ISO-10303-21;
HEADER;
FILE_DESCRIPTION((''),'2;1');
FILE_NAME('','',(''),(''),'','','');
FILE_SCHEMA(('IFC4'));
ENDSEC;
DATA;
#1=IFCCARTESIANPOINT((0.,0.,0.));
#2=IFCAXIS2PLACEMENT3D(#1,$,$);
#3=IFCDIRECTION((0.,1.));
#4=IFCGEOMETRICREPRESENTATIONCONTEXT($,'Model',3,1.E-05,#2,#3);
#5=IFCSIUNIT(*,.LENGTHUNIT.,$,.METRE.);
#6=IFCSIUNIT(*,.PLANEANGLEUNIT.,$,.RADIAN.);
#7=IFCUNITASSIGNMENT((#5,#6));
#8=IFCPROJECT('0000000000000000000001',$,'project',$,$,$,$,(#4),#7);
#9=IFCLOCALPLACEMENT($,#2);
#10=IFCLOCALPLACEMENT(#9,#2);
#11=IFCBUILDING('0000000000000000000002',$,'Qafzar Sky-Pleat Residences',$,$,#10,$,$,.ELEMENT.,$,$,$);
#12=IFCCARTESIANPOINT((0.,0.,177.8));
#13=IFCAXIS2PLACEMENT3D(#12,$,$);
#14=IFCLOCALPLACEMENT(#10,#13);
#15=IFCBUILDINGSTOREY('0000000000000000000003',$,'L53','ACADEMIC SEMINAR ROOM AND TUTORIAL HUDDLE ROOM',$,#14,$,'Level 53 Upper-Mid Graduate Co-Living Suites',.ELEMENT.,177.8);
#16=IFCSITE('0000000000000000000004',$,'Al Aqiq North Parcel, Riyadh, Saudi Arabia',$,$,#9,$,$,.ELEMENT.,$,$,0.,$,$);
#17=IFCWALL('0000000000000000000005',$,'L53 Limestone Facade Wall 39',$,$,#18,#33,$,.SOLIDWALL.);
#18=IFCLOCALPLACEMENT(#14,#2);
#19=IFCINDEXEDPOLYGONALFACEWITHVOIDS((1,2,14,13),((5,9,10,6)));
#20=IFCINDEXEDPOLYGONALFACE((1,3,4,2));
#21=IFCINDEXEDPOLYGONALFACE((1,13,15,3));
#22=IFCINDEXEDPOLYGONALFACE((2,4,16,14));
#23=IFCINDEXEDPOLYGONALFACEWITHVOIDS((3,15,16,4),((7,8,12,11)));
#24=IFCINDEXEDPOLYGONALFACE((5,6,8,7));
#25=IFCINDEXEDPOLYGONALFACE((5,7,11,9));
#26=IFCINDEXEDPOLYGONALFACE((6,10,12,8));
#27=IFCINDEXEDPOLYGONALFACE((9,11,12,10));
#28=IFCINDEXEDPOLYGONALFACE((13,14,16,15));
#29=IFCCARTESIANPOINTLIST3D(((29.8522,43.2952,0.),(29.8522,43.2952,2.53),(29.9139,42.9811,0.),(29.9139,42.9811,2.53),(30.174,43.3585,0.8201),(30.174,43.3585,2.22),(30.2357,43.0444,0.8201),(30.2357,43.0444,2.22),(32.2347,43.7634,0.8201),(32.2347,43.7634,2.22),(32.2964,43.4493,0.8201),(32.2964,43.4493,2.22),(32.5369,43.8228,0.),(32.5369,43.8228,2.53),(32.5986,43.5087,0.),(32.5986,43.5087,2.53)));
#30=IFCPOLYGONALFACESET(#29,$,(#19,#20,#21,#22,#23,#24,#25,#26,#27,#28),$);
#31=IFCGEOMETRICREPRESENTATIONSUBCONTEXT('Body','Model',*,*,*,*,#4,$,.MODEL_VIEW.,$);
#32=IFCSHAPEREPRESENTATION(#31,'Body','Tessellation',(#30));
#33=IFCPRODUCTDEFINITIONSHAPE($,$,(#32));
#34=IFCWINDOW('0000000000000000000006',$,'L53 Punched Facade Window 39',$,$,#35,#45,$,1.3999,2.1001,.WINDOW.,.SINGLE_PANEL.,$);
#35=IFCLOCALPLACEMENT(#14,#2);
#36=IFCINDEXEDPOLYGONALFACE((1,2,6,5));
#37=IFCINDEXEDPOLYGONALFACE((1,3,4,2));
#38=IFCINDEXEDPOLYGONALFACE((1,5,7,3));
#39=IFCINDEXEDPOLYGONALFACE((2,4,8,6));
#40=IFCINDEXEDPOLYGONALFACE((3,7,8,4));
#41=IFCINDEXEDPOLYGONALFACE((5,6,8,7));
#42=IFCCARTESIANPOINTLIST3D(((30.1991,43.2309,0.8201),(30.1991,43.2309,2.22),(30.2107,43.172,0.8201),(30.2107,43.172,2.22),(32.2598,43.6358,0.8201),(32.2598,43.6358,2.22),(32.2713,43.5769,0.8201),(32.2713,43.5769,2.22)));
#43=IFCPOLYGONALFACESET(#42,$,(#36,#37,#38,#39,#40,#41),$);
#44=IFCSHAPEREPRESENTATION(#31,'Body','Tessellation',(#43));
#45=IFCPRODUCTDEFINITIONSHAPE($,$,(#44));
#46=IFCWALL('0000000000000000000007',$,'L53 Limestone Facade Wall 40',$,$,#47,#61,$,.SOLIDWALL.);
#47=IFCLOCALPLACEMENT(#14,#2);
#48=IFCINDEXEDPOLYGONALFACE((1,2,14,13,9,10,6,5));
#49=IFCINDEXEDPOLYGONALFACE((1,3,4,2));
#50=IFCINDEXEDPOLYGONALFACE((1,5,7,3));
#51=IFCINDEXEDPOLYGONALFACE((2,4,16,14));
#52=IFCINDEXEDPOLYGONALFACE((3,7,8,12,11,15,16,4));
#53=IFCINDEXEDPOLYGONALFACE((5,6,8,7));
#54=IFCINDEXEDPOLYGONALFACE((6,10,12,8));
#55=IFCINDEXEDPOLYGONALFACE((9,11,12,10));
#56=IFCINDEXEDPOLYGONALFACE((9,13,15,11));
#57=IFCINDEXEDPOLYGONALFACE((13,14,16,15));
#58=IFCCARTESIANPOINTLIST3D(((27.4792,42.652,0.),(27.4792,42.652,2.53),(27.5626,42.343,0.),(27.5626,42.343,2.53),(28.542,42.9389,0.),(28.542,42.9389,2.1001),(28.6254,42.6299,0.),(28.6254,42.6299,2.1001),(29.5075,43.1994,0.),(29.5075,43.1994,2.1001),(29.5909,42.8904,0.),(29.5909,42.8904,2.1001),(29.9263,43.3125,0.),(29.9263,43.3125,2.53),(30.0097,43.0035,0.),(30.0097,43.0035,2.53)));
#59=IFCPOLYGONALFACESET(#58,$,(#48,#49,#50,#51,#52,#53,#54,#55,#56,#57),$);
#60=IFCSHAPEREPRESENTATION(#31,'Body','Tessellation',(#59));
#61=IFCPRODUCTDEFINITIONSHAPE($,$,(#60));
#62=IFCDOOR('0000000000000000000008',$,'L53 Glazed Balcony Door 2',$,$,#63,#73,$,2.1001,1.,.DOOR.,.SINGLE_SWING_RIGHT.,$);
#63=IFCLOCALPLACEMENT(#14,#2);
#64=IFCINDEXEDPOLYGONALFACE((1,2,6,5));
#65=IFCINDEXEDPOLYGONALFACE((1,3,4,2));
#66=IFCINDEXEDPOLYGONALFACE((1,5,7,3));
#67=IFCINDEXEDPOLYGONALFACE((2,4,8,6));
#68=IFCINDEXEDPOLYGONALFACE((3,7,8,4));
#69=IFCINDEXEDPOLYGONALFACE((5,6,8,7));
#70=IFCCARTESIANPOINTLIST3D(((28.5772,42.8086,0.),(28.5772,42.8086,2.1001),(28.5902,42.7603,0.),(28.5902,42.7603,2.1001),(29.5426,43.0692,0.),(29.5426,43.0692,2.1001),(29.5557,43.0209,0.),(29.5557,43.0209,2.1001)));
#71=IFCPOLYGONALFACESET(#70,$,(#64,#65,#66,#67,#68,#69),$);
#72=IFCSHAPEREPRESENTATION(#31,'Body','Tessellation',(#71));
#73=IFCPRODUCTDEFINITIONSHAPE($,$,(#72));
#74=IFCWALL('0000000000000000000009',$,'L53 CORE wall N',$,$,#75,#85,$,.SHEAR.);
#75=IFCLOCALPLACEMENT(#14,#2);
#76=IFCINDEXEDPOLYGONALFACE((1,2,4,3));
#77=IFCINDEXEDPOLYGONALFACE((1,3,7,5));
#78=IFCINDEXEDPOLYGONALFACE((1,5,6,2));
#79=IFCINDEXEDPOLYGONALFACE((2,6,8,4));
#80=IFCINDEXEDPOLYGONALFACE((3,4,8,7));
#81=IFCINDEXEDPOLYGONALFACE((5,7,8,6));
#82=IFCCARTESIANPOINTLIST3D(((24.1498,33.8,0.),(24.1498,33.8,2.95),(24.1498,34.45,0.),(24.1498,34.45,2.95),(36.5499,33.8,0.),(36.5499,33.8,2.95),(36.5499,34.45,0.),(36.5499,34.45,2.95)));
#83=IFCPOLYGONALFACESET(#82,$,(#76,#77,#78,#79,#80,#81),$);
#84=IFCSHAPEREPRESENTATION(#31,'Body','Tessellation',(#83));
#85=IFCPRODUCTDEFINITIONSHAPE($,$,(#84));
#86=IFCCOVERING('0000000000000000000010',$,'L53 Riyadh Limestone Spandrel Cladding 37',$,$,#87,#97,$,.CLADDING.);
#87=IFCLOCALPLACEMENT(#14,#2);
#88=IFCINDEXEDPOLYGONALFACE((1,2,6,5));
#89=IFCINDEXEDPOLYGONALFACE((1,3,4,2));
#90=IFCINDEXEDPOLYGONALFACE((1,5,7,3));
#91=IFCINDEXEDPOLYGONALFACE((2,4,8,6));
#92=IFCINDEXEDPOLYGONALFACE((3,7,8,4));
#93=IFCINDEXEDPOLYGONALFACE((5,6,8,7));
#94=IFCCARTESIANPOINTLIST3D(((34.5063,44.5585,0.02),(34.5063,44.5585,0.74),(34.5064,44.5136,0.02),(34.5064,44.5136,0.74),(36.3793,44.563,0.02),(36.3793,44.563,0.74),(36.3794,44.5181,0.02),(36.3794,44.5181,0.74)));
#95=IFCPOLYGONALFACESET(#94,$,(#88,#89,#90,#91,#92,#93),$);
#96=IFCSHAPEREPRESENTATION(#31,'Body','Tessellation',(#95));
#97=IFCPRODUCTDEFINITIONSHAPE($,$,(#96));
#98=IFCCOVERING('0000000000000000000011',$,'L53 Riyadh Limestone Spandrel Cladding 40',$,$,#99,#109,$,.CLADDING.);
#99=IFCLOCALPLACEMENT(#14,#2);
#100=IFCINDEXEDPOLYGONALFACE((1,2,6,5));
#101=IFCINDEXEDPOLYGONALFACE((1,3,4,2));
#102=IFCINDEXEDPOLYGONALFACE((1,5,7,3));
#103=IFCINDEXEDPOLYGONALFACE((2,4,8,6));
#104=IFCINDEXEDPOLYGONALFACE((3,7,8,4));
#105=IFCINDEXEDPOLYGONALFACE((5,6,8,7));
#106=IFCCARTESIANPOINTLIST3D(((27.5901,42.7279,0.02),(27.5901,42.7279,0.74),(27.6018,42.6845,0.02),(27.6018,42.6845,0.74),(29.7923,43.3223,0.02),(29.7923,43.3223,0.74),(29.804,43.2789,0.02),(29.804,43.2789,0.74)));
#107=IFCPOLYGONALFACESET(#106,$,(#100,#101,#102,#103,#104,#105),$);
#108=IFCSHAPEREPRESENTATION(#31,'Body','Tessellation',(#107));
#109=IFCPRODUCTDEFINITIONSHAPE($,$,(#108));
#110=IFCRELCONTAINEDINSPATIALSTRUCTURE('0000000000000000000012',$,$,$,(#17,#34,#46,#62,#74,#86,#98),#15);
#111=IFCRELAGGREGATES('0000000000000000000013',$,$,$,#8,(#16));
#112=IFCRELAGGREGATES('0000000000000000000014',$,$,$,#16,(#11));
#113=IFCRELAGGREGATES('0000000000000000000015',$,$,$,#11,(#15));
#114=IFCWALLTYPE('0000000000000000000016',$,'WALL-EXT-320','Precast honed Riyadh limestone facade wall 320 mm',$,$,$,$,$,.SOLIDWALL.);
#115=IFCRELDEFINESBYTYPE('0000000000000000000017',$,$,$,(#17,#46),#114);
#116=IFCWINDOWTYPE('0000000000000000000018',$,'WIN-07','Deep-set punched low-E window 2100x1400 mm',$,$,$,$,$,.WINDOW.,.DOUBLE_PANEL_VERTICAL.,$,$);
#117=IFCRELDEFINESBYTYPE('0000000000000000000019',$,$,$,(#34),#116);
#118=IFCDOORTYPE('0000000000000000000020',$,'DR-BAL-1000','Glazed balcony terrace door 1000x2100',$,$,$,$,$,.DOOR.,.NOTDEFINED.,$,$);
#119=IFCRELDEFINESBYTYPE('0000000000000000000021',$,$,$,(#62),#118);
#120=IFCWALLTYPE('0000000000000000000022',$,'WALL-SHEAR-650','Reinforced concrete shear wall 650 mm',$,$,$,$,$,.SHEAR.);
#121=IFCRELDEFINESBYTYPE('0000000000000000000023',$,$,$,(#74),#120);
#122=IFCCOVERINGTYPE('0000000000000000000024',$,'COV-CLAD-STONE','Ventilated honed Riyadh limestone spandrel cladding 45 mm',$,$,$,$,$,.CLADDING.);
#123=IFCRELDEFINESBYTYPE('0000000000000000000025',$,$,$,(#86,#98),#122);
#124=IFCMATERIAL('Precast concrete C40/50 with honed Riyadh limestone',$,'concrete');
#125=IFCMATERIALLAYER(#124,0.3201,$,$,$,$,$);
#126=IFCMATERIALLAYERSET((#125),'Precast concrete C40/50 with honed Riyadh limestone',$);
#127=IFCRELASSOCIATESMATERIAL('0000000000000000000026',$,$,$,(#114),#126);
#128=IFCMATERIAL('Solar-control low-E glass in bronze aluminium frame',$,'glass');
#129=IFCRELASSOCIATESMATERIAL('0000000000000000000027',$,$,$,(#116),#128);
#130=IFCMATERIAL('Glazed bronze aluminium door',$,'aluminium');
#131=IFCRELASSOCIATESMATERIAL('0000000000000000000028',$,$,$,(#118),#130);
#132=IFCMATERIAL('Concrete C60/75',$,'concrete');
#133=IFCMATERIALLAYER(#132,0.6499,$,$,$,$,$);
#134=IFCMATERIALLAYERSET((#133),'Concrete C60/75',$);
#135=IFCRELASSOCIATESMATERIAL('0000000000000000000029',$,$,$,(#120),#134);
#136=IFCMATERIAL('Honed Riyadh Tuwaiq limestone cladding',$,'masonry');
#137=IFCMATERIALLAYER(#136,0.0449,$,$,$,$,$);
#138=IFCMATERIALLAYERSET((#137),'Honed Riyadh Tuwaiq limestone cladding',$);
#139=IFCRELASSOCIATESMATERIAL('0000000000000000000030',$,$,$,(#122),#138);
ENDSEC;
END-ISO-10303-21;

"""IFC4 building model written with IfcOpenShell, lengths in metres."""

from ifc_helpers import new_model, si_unit, direction, frame, frame_2d, origin, origin_2d, place, context, subcontext, project, spatial, rectangle, extrude, source, transform, mapped, material, layer, layer_set, type_object, element, fill, save


model = new_model("IFC4")

# Units and contexts
model_context = context("Model", 3, precision=1e-05, world=origin(), true_north=direction((0.0, 1.0)))
body_context = subcontext(model_context, "Body", "Model", "MODEL_VIEW")
ifc_project = project(units=[si_unit("LENGTHUNIT", "METRE"), si_unit("PLANEANGLEUNIT", "RADIAN")], contexts=[model_context])

# Site, building, storey
site_placement = place(None, origin())
site = spatial("IfcSite", under=ifc_project, at=site_placement, Name="Al Aqiq North Parcel, Riyadh, Saudi Arabia", CompositionType="ELEMENT", RefElevation=0.0)
building_placement = place(site_placement, origin())
building = spatial("IfcBuilding", under=site, at=building_placement, Name="Qafzar Sky-Pleat Residences", CompositionType="ELEMENT")
storey_placement = place(building_placement, frame((0.0, 0.0, 177.8)))
storey = spatial("IfcBuildingStorey", under=building, at=storey_placement, Name="L53", Description="ACADEMIC SEMINAR ROOM AND TUTORIAL HUDDLE ROOM", LongName="Level 53 Upper-Mid Graduate Co-Living Suites", CompositionType="ELEMENT", Elevation=177.8)

# Wall, opening, window
ifc_material_1 = material(Name="Precast concrete C40/50 with honed Riyadh limestone", Category="concrete")
ifc_layer_1 = layer(ifc_material_1, 0.3201)
ifc_layer_set_1 = layer_set([ifc_layer_1], Name="Precast concrete C40/50 with honed Riyadh limestone")
wall_type_1 = type_object("IfcWallType", Name="WALL-EXT-320", Description="Precast honed Riyadh limestone facade wall 320 mm", PredefinedType="SOLIDWALL", material=ifc_layer_set_1)
ifc_material_2 = material(Name="Solar-control low-E glass in bronze aluminium frame", Category="glass")
wall_1_placement = place(storey_placement, frame((32.5679, 43.6658, 0.0), z_axis=(0.0, 0.0, 1.0), x_axis=(-0.981234, -0.19282, 0.0)))
wall_1 = element("IfcWall", 1, at=wall_1_placement, inside=storey, type_object=wall_type_1, Name="L53 Limestone Facade Wall 39", PredefinedType="SOLIDWALL", context=body_context, shape_type="SweptSolid", body=[
    extrude(rectangle(XDim=2.7361, YDim=0.3201, at=frame_2d((1.3682, 0.0))), origin(), (0.0, 0.0, 1.0), 2.53),
])
opening_1_placement = place(wall_1_placement, frame((0.3081, 0.0, 0.8201)))
opening_1 = element("IfcOpeningElement", 2, at=opening_1_placement, cuts=wall_1, PredefinedType="OPENING", context=body_context, shape_type="SweptSolid", body=[
    extrude(rectangle(XDim=2.1001, YDim=1.3999, at=frame_2d((1.05, 0.7))), frame((0.0, 0.1699, 0.0), z_axis=(0.0, -1.0, 0.0), x_axis=(1.0, 0.0, 0.0)), (0.0, 0.0, 1.0), 0.3401),
])
window_type_1 = type_object("IfcWindowType", Name="WIN-07", Description="Deep-set punched low-E window 2100x1400 mm", PartitioningType="DOUBLE_PANEL_VERTICAL", PredefinedType="WINDOW", material=ifc_material_2)
shared_shape_1 = source(origin(), body_context, "Body", "SweptSolid", [
    extrude(rectangle(XDim=2.1001, YDim=1.3999, at=frame_2d((1.05, 0.7))), frame((0.0, 0.03, 0.0), z_axis=(0.0, -1.0, 0.0), x_axis=(1.0, 0.0, 0.0)), (0.0, 0.0, 1.0), 0.0601),
])
window_1_placement = place(opening_1_placement, origin())
window_1 = element("IfcWindow", 3, at=window_1_placement, inside=storey, type_object=window_type_1, Name="L53 Punched Facade Window 39", OverallHeight=1.3999, OverallWidth=2.1001, PartitioningType="SINGLE_PANEL", PredefinedType="WINDOW", context=body_context, shape_type="MappedRepresentation", body=[
    mapped(shared_shape_1, transform((0.0, 0.0, 0.0), x_axis=(1.0, 0.0, 0.0), y_axis=(0.0, 1.0, 0.0), z_axis=(0.0, 0.0, 1.0), scale=1.0)),
])
fill(opening_1, window_1)

# Wall, opening, door
wall_2_placement = place(storey_placement, frame((29.968, 43.158, 0.0), z_axis=(0.0, 0.0, 1.0), x_axis=(-0.965458, -0.260557, 0.0)))
wall_2 = element("IfcWall", 4, at=wall_2_placement, inside=storey, type_object=wall_type_1, Name="L53 Limestone Facade Wall 40", PredefinedType="SOLIDWALL", context=body_context, shape_type="SweptSolid", body=[
    extrude(rectangle(XDim=2.5347, YDim=0.3201, at=frame_2d((1.2673, 0.0))), origin(), (0.0, 0.0, 1.0), 2.53),
])
opening_2_placement = place(wall_2_placement, frame((0.4338, 0.0, 0.0)))
opening_2 = element("IfcOpeningElement", 5, at=opening_2_placement, cuts=wall_2, PredefinedType="OPENING", context=body_context, shape_type="SweptSolid", body=[
    extrude(rectangle(XDim=1.0, YDim=2.1001, at=frame_2d((0.5, 1.05))), frame((0.0, 0.1699, 0.0), z_axis=(0.0, -1.0, 0.0), x_axis=(1.0, 0.0, 0.0)), (0.0, 0.0, 1.0), 0.3401),
])
ifc_material_3 = material(Name="Glazed bronze aluminium door", Category="aluminium")
door_type_1 = type_object("IfcDoorType", Name="DR-BAL-1000", Description="Glazed balcony terrace door 1000x2100", OperationType="NOTDEFINED", PredefinedType="DOOR", material=ifc_material_3)
shared_shape_2 = source(origin(), body_context, "Body", "SweptSolid", [
    extrude(rectangle(XDim=1.0, YDim=2.1001, at=frame_2d((0.5, 1.05))), frame((0.0, 0.0249, 0.0), z_axis=(0.0, -1.0, 0.0), x_axis=(1.0, 0.0, 0.0)), (0.0, 0.0, 1.0), 0.05),
])
door_1_placement = place(opening_2_placement, origin())
door_1 = element("IfcDoor", 6, at=door_1_placement, inside=storey, type_object=door_type_1, Name="L53 Glazed Balcony Door 2", OperationType="SINGLE_SWING_RIGHT", OverallHeight=2.1001, OverallWidth=1.0, PredefinedType="DOOR", context=body_context, shape_type="MappedRepresentation", body=[
    mapped(shared_shape_2, transform((0.0, 0.0, 0.0), x_axis=(1.0, 0.0, 0.0), y_axis=(0.0, 1.0, 0.0), z_axis=(0.0, 0.0, 1.0), scale=1.0)),
])
fill(opening_2, door_1)

# Wall
ifc_material_4 = material(Name="Concrete C60/75", Category="concrete")
ifc_layer_2 = layer(ifc_material_4, 0.6499)
ifc_layer_set_2 = layer_set([ifc_layer_2], Name="Concrete C60/75")
wall_type_2 = type_object("IfcWallType", Name="WALL-SHEAR-650", Description="Reinforced concrete shear wall 650 mm", PredefinedType="SHEAR", material=ifc_layer_set_2)
wall_3_placement = place(storey_placement, frame((36.55, 34.125, 0.0), z_axis=(0.0, 0.0, 1.0), x_axis=(-1.0, 0.0, 0.0)))
element("IfcWall", 7, at=wall_3_placement, inside=storey, type_object=wall_type_2, Name="L53 CORE wall N", PredefinedType="SHEAR", context=body_context, shape_type="SweptSolid", body=[
    extrude(rectangle(XDim=12.4001, YDim=0.6499, at=frame_2d((6.2002, 0.0))), origin(), (0.0, 0.0, 1.0), 2.95),
])

# Covering
ifc_material_5 = material(Name="Honed Riyadh Tuwaiq limestone cladding", Category="masonry")
ifc_layer_3 = layer(ifc_material_5, 0.0449)
ifc_layer_set_3 = layer_set([ifc_layer_3], Name="Honed Riyadh Tuwaiq limestone cladding")
covering_type = type_object("IfcCoveringType", Name="COV-CLAD-STONE", Description="Ventilated honed Riyadh limestone spandrel cladding 45 mm", PredefinedType="CLADDING", material=ifc_layer_set_3)
shared_shape_3 = source(origin(), body_context, "Body", "SweptSolid", [
    extrude(rectangle(XDim=1.873, YDim=0.0449, at=origin_2d()), origin(), (0.0, 0.0, 1.0), 0.72),
])
covering_1_placement = place(storey_placement, frame((35.4429, 44.5383, 0.02), z_axis=(0.0, 0.0, 1.0), x_axis=(-0.999997, -0.002403, 0.0)))
element("IfcCovering", 8, at=covering_1_placement, inside=storey, type_object=covering_type, Name="L53 Riyadh Limestone Spandrel Cladding 37", PredefinedType="CLADDING", context=body_context, shape_type="MappedRepresentation", body=[
    mapped(shared_shape_3, transform((0.0, 0.0, 0.0), x_axis=(1.0, 0.0, 0.0), y_axis=(0.0, 1.0, 0.0), z_axis=(0.0, 0.0, 1.0), scale=1.0)),
])

# Covering
shared_shape_4 = source(origin(), body_context, "Body", "SweptSolid", [
    extrude(rectangle(XDim=2.281, YDim=0.0449, at=origin_2d()), origin(), (0.0, 0.0, 1.0), 0.72),
])
covering_2_placement = place(storey_placement, frame((28.697, 43.0034, 0.02), z_axis=(0.0, 0.0, 1.0), x_axis=(-0.965453, -0.260579, 0.0)))
element("IfcCovering", 9, at=covering_2_placement, inside=storey, type_object=covering_type, Name="L53 Riyadh Limestone Spandrel Cladding 40", PredefinedType="CLADDING", context=body_context, shape_type="MappedRepresentation", body=[
    mapped(shared_shape_4, transform((0.0, 0.0, 0.0), x_axis=(1.0, 0.0, 0.0), y_axis=(0.0, 1.0, 0.0), z_axis=(0.0, 0.0, 1.0), scale=1.0)),
])

save(model, "model.ifc")
